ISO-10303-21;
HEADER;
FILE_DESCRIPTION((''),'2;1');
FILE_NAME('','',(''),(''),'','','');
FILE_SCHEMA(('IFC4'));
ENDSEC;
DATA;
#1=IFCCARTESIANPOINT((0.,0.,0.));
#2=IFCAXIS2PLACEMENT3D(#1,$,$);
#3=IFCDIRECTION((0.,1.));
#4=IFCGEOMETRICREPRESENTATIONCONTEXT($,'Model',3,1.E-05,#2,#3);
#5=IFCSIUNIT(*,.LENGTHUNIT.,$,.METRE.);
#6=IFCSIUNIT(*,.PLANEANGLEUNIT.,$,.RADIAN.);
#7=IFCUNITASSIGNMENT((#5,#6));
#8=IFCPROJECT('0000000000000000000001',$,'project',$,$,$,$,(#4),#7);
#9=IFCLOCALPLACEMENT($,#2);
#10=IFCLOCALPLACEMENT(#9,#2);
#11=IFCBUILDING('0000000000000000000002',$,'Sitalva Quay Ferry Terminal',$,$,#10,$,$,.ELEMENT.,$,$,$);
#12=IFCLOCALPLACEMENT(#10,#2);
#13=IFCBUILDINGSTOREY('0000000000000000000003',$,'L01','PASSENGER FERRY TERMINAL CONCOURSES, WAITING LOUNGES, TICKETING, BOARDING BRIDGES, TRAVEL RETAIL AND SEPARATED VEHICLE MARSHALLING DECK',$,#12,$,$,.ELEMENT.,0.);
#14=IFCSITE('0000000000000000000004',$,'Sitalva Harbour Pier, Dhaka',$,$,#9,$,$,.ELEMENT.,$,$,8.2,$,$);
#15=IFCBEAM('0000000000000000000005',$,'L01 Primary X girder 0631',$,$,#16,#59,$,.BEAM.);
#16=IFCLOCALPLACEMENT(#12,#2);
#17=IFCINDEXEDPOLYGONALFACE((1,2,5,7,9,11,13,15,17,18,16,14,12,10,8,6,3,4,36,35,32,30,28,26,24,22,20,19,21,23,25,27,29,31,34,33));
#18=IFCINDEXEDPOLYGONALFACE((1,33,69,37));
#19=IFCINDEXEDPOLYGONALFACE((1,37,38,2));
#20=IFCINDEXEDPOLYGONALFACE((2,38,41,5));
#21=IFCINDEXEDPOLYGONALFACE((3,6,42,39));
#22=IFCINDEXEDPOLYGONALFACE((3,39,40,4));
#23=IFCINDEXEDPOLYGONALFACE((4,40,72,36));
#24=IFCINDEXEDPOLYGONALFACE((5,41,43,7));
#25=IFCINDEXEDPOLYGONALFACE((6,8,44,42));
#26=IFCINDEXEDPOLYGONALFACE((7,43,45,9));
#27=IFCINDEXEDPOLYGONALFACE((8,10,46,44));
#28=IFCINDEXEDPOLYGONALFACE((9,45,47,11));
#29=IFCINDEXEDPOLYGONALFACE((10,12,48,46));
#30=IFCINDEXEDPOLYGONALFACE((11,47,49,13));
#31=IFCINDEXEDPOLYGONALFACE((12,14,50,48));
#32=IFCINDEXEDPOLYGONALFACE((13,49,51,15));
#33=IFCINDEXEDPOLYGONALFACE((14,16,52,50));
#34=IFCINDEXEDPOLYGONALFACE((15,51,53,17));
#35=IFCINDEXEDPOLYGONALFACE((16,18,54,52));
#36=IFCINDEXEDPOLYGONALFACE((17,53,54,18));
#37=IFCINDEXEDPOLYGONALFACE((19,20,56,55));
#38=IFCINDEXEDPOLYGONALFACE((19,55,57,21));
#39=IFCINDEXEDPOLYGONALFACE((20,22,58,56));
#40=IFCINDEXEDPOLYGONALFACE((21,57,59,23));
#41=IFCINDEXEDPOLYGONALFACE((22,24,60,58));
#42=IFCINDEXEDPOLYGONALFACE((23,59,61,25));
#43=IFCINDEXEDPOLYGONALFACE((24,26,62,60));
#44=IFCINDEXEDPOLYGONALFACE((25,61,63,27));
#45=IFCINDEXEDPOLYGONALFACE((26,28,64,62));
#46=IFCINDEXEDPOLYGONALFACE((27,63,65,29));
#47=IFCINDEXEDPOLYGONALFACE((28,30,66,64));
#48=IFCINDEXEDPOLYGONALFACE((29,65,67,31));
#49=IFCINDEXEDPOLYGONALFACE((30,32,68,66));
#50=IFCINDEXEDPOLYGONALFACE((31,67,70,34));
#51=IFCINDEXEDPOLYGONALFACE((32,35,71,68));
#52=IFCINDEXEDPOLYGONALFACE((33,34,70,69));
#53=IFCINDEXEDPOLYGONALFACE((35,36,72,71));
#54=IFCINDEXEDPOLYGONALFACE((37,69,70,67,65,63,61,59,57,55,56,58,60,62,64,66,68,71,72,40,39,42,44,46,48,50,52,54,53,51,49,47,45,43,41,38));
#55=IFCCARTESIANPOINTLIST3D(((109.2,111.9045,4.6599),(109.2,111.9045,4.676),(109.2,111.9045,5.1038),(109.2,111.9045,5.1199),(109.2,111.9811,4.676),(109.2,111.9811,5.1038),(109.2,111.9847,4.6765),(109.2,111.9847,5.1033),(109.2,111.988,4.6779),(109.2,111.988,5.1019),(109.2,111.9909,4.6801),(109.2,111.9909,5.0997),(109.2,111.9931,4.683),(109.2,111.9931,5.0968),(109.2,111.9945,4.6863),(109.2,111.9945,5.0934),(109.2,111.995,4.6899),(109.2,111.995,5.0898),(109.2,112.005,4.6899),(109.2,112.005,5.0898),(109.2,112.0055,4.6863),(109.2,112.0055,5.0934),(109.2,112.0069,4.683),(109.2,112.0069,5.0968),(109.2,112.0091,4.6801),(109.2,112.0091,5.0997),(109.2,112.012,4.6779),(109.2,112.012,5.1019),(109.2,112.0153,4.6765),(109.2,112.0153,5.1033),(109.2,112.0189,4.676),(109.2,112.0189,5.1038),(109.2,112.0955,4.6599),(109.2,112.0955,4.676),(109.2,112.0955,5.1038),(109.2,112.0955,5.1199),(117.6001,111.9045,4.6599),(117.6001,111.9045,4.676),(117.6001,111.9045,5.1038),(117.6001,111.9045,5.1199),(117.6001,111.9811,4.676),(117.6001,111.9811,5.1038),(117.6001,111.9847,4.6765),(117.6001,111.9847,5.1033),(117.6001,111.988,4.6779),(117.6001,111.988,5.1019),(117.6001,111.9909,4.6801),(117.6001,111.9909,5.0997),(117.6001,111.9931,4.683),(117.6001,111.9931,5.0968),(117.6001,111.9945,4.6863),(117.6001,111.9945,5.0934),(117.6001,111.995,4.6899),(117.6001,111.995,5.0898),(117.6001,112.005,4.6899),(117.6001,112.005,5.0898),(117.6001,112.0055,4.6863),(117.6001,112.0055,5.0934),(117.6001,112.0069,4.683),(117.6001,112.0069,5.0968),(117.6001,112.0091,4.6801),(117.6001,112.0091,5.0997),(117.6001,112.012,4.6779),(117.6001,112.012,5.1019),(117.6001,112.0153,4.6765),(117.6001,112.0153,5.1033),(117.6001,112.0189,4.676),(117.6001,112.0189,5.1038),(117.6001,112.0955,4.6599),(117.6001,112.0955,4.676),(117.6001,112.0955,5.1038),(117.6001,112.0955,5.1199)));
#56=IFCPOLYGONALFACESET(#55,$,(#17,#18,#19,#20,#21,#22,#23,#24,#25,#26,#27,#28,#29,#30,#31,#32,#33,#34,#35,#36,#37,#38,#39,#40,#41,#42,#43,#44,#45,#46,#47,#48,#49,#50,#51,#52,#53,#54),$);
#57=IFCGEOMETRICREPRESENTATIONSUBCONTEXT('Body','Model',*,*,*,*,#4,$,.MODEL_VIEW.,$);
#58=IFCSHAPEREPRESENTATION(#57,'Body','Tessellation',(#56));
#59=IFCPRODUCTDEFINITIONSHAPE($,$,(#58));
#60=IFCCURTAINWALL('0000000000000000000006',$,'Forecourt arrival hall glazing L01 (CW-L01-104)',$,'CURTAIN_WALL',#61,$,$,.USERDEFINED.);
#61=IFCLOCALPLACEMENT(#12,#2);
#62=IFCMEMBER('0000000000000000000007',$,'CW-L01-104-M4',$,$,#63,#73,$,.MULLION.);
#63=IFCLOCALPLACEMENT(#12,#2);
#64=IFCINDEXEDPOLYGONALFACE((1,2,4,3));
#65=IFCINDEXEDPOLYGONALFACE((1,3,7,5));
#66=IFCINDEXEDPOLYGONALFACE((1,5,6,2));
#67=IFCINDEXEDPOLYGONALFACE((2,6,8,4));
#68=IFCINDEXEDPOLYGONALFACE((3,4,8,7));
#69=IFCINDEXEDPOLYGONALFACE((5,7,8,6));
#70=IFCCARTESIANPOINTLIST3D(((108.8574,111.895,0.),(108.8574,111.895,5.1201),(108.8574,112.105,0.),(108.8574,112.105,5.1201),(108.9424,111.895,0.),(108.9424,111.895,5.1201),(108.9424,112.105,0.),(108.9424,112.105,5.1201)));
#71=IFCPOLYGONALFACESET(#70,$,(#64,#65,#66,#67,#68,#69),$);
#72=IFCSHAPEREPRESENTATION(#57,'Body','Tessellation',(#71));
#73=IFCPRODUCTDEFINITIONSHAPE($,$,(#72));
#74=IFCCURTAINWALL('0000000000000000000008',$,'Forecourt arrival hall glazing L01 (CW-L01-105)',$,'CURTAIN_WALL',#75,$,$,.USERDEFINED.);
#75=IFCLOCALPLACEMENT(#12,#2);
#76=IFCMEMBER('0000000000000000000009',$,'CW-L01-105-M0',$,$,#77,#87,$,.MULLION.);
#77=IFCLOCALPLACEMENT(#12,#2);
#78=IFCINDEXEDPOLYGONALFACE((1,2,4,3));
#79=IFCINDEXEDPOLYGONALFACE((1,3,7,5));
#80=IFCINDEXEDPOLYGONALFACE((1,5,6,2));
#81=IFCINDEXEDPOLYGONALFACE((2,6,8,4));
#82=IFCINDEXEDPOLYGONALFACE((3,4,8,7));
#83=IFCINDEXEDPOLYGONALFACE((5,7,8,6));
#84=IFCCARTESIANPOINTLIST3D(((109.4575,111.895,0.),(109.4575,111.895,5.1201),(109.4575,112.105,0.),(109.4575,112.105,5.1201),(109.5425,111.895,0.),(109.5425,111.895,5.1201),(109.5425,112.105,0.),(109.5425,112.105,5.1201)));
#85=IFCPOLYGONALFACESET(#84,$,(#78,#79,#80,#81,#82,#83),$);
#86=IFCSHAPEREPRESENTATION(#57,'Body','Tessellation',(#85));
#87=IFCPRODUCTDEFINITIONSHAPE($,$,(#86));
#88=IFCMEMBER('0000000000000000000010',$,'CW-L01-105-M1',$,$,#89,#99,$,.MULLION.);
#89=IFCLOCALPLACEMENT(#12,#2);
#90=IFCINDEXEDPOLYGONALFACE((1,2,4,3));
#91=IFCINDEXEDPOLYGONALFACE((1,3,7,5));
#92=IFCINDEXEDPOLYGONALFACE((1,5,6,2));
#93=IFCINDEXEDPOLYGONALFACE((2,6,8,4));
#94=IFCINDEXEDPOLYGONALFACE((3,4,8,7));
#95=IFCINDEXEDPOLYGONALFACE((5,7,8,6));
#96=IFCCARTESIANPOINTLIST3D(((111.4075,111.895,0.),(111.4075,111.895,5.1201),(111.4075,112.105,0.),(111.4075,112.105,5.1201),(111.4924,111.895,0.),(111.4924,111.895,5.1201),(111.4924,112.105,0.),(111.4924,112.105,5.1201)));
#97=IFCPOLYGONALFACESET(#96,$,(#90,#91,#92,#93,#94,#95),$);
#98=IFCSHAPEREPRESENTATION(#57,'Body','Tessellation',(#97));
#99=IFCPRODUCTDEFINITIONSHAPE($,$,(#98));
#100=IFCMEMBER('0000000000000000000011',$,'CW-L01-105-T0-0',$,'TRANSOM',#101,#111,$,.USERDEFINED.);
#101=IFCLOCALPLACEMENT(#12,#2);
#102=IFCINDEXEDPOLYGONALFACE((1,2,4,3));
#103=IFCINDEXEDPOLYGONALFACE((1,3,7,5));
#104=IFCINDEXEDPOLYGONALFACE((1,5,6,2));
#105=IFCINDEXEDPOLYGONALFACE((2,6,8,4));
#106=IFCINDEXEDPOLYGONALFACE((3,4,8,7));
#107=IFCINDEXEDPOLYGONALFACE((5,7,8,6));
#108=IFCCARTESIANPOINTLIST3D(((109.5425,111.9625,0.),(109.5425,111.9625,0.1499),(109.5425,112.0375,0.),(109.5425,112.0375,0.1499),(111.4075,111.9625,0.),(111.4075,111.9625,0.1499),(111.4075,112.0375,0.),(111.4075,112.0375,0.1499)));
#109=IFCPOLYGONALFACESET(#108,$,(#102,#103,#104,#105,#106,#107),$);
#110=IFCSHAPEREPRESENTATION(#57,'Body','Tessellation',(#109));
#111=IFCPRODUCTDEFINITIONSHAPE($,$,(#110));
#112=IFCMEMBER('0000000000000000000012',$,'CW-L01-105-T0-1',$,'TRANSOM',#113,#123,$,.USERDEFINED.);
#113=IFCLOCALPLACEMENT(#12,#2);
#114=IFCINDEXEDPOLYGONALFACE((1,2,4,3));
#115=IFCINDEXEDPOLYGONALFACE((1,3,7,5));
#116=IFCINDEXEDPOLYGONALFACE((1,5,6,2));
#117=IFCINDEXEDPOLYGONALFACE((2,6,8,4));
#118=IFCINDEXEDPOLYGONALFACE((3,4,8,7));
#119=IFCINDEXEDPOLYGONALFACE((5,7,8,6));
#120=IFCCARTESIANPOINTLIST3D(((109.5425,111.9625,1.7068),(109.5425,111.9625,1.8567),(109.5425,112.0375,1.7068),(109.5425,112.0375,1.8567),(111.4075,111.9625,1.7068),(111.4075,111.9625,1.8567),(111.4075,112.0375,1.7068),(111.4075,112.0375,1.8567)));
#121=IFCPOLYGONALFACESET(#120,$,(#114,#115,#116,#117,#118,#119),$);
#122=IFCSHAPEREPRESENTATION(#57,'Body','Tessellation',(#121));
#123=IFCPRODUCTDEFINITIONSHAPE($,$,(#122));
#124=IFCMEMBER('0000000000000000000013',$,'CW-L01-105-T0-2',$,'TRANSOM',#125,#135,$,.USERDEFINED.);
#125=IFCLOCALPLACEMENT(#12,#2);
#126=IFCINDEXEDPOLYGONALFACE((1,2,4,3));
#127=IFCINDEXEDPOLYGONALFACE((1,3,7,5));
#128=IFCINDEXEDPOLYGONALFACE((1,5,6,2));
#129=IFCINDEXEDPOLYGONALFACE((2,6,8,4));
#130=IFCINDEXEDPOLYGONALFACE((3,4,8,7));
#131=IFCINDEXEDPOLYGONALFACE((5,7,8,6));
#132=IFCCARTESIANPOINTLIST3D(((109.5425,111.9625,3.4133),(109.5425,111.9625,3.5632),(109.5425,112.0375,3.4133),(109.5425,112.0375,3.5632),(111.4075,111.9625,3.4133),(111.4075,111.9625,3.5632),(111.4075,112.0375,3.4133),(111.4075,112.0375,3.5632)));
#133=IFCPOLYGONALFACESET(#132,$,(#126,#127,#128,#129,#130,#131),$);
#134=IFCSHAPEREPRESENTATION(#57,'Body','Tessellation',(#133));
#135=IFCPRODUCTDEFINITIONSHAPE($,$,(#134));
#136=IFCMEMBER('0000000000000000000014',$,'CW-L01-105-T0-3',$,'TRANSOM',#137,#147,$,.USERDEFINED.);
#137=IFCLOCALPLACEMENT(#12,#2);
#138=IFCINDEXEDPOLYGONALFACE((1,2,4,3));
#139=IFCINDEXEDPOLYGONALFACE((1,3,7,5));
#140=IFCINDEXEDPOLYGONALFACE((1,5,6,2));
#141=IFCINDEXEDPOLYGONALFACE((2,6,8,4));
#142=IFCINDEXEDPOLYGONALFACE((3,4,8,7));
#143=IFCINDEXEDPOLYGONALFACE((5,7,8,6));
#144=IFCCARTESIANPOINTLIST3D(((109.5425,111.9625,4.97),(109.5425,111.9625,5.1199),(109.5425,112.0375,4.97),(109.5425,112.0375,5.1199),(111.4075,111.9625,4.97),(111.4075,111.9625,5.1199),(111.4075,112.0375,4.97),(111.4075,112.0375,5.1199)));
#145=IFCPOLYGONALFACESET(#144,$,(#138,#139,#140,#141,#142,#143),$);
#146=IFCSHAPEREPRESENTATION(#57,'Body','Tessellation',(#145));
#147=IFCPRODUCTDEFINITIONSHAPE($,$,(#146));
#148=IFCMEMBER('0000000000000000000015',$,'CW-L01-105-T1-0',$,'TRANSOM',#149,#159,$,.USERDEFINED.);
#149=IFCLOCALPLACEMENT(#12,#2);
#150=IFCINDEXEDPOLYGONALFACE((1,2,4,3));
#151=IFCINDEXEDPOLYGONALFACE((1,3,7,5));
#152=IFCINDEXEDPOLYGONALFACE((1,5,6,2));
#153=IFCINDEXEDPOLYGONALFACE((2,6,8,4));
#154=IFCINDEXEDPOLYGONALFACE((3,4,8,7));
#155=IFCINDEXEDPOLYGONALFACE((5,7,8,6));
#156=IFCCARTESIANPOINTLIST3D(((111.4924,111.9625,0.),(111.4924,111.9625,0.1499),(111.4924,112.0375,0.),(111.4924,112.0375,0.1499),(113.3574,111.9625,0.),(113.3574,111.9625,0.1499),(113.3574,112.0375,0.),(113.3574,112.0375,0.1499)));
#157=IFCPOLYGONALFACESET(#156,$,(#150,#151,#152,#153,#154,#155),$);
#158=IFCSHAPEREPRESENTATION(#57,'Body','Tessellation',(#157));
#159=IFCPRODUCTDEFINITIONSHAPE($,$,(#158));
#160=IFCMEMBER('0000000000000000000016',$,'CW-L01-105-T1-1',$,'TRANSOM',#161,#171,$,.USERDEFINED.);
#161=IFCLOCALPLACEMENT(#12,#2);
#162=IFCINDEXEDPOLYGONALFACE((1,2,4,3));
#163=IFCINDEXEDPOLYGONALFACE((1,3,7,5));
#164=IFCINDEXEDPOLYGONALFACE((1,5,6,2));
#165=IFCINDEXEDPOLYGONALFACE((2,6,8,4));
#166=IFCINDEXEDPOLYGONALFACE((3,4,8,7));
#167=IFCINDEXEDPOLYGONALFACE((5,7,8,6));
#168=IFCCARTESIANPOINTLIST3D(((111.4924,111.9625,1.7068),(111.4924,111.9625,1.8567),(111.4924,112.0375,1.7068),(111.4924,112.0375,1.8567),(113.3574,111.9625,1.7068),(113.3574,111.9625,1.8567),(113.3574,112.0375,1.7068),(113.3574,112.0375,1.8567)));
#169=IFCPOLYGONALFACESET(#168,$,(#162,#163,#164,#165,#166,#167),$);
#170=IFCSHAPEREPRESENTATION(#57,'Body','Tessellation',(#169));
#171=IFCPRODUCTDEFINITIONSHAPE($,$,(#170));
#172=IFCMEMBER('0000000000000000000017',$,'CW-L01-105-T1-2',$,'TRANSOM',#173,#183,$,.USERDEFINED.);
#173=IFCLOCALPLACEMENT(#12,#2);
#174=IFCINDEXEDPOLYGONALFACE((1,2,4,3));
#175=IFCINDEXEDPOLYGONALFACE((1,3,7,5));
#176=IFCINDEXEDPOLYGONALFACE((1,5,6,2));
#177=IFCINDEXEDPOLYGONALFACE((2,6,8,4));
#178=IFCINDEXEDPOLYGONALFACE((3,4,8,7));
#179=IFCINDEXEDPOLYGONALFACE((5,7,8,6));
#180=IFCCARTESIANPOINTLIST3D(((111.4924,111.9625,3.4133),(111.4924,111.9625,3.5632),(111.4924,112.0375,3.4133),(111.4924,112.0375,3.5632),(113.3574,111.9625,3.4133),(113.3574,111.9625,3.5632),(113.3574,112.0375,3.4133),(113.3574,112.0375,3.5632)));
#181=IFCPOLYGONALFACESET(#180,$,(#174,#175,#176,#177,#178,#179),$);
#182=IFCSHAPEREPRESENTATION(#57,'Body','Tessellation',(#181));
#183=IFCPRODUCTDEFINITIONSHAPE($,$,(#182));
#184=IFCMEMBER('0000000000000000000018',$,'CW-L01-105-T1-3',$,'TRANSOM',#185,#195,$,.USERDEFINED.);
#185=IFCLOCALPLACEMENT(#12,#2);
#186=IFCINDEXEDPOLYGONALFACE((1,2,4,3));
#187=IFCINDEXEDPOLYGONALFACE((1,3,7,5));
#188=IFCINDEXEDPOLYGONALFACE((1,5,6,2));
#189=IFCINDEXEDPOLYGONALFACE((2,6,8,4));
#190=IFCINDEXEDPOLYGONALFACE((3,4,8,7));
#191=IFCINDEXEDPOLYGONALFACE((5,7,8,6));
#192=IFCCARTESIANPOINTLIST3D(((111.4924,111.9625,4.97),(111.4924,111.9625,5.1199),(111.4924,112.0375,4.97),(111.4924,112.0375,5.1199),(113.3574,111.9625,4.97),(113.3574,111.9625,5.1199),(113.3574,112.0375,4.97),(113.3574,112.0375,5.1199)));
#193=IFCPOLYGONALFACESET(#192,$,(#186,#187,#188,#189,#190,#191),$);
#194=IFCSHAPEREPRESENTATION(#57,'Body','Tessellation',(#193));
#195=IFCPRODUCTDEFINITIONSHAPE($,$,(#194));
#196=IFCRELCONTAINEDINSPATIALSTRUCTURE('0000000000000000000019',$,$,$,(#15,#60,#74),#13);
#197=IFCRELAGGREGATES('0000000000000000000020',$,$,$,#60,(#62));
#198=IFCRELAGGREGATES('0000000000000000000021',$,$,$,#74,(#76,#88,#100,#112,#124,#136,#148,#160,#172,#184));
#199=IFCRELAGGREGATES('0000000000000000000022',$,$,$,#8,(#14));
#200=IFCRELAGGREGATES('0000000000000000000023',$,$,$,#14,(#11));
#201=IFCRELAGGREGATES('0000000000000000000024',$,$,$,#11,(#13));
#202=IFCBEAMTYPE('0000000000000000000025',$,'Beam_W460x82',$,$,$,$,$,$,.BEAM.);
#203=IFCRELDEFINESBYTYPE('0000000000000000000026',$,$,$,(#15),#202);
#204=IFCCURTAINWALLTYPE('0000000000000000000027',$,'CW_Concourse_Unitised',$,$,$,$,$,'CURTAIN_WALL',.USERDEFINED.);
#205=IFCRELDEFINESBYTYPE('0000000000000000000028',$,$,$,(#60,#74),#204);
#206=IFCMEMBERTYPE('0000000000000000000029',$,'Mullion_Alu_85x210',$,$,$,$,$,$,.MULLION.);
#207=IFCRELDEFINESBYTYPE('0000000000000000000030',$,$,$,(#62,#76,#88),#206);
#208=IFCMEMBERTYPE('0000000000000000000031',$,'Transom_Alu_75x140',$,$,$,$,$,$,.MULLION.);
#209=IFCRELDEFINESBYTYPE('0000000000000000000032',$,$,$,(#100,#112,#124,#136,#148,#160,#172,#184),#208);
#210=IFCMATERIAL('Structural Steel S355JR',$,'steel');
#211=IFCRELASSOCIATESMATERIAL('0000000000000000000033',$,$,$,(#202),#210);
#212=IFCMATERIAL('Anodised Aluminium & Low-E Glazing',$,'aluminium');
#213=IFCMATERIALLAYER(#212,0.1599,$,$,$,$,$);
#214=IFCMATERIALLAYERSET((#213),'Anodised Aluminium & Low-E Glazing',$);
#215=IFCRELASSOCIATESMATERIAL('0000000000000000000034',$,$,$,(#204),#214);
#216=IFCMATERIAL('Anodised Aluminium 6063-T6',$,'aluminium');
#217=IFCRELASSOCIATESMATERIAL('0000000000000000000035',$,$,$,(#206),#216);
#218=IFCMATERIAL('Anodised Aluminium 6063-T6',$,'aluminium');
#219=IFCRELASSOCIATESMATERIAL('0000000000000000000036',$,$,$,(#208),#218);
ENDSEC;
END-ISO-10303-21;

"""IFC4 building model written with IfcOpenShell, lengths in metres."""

from ifc_helpers import new_model, si_unit, direction, frame, origin, origin_2d, place, context, subcontext, project, spatial, rectangle, i_section, extrude, material, layer, layer_set, material_profile, profile_set, type_object, element, aggregate, save


model = new_model("IFC4")

# Units and contexts
model_context = context("Model", 3, precision=1e-05, world=origin(), true_north=direction((0.0, 1.0)))
body_context = subcontext(model_context, "Body", "Model", "MODEL_VIEW")
ifc_project = project(units=[si_unit("LENGTHUNIT", "METRE"), si_unit("PLANEANGLEUNIT", "RADIAN")], contexts=[model_context])

# Site, building, storey
site_placement = place(None, origin())
site = spatial("IfcSite", under=ifc_project, at=site_placement, Name="Sitalva Harbour Pier, Dhaka", CompositionType="ELEMENT", RefElevation=8.2)
building_placement = place(site_placement, origin())
building = spatial("IfcBuilding", under=site, at=building_placement, Name="Sitalva Quay Ferry Terminal", CompositionType="ELEMENT")
storey_placement = place(building_placement, origin())
storey = spatial("IfcBuildingStorey", under=building, at=storey_placement, Name="L01", Description="PASSENGER FERRY TERMINAL CONCOURSES, WAITING LOUNGES, TICKETING, BOARDING BRIDGES, TRAVEL RETAIL AND SEPARATED VEHICLE MARSHALLING DECK", CompositionType="ELEMENT", Elevation=0.0)

# Beam
ifc_material_1 = material(Name="Structural Steel S355JR", Category="steel")
ifc_material_profile_1 = material_profile(ifc_material_1, i_section(OverallWidth=0.1909, OverallDepth=0.46, WebThickness=0.01, FlangeThickness=0.0161, FilletRadius=0.0139, at=origin_2d()), Name="W460x82")
ifc_profile_set_1 = profile_set([ifc_material_profile_1], Name="Structural Steel S355JR")
beam_type = type_object("IfcBeamType", Name="Beam_W460x82", PredefinedType="BEAM", material=ifc_profile_set_1)
beam_placement = place(storey_placement, frame((109.2, 112.0, 4.8899), z_axis=(1.0, 0.0, 0.0), x_axis=(0.0, 1.0, 0.0)))
element("IfcBeam", 1, at=beam_placement, inside=storey, type_object=beam_type, Name="L01 Primary X girder 0631", PredefinedType="BEAM", context=body_context, shape_type="SweptSolid", body=[
    extrude(i_section(OverallWidth=0.1909, OverallDepth=0.46, WebThickness=0.01, FlangeThickness=0.0161, FilletRadius=0.0139, at=origin_2d()), origin(), (0.0, 0.0, 1.0), 8.4001),
])

# Curtain wall, member
ifc_material_2 = material(Name="Anodised Aluminium & Low-E Glazing", Category="aluminium")
ifc_layer_1 = layer(ifc_material_2, 0.1599)
ifc_layer_set_1 = layer_set([ifc_layer_1], Name="Anodised Aluminium & Low-E Glazing")
curtain_wall_type = type_object("IfcCurtainWallType", Name="CW_Concourse_Unitised", ElementType="CURTAIN_WALL", PredefinedType="USERDEFINED", material=ifc_layer_set_1)
curtain_wall_1_placement = place(storey_placement, origin())
curtain_wall_1 = element("IfcCurtainWall", 2, at=curtain_wall_1_placement, inside=storey, type_object=curtain_wall_type, Name="Forecourt arrival hall glazing L01 (CW-L01-104)", ObjectType="CURTAIN_WALL", PredefinedType="USERDEFINED")
ifc_material_3 = material(Name="Anodised Aluminium 6063-T6", Category="aluminium")
ifc_material_profile_2 = material_profile(ifc_material_3, rectangle(XDim=0.085, YDim=0.21, at=origin_2d()), Name="ALU85x210")
ifc_profile_set_2 = profile_set([ifc_material_profile_2], Name="Anodised Aluminium 6063-T6")
member_type_1 = type_object("IfcMemberType", Name="Mullion_Alu_85x210", PredefinedType="MULLION", material=ifc_profile_set_2)
member_1_placement = place(storey_placement, frame((108.8999, 112.0, 0.0), z_axis=(0.0, 0.0, 1.0), x_axis=(1.0, 0.0, 0.0)))
member_1 = element("IfcMember", 3, at=member_1_placement, type_object=member_type_1, Name="CW-L01-104-M4", PredefinedType="MULLION", context=body_context, shape_type="SweptSolid", body=[
    extrude(rectangle(XDim=0.085, YDim=0.21, at=origin_2d()), origin(), (0.0, 0.0, 1.0), 5.1201),
])

# Curtain wall, members
curtain_wall_2_placement = place(storey_placement, origin())
curtain_wall_2 = element("IfcCurtainWall", 4, at=curtain_wall_2_placement, inside=storey, type_object=curtain_wall_type, Name="Forecourt arrival hall glazing L01 (CW-L01-105)", ObjectType="CURTAIN_WALL", PredefinedType="USERDEFINED")
member_2_placement = place(storey_placement, frame((109.5, 112.0, 0.0), z_axis=(0.0, 0.0, 1.0), x_axis=(1.0, 0.0, 0.0)))
member_2 = element("IfcMember", 5, at=member_2_placement, type_object=member_type_1, Name="CW-L01-105-M0", PredefinedType="MULLION", context=body_context, shape_type="SweptSolid", body=[
    extrude(rectangle(XDim=0.085, YDim=0.21, at=origin_2d()), origin(), (0.0, 0.0, 1.0), 5.1201),
])
member_3_placement = place(storey_placement, frame((111.45, 112.0, 0.0), z_axis=(0.0, 0.0, 1.0), x_axis=(1.0, 0.0, 0.0)))
member_3 = element("IfcMember", 6, at=member_3_placement, type_object=member_type_1, Name="CW-L01-105-M1", PredefinedType="MULLION", context=body_context, shape_type="SweptSolid", body=[
    extrude(rectangle(XDim=0.085, YDim=0.21, at=origin_2d()), origin(), (0.0, 0.0, 1.0), 5.1201),
])
ifc_material_4 = material(Name="Anodised Aluminium 6063-T6", Category="aluminium")
ifc_material_profile_3 = material_profile(ifc_material_4, rectangle(XDim=0.075, YDim=0.1499, at=origin_2d()), Name="ALU75x150")
ifc_profile_set_3 = profile_set([ifc_material_profile_3], Name="Anodised Aluminium 6063-T6")
member_type_2 = type_object("IfcMemberType", Name="Transom_Alu_75x140", PredefinedType="MULLION", material=ifc_profile_set_3)
member_4_placement = place(storey_placement, frame((109.5425, 112.0, 0.075), z_axis=(1.0, 0.0, 0.0), x_axis=(0.0, 1.0, 0.0)))
member_4 = element("IfcMember", 7, at=member_4_placement, type_object=member_type_2, Name="CW-L01-105-T0-0", ObjectType="TRANSOM", PredefinedType="USERDEFINED", context=body_context, shape_type="SweptSolid", body=[
    extrude(rectangle(XDim=0.075, YDim=0.1499, at=origin_2d()), origin(), (0.0, 0.0, 1.0), 1.865),
])
member_5_placement = place(storey_placement, frame((109.5425, 112.0, 1.7817), z_axis=(1.0, 0.0, 0.0), x_axis=(0.0, 1.0, 0.0)))
member_5 = element("IfcMember", 8, at=member_5_placement, type_object=member_type_2, Name="CW-L01-105-T0-1", ObjectType="TRANSOM", PredefinedType="USERDEFINED", context=body_context, shape_type="SweptSolid", body=[
    extrude(rectangle(XDim=0.075, YDim=0.1499, at=origin_2d()), origin(), (0.0, 0.0, 1.0), 1.865),
])
member_6_placement = place(storey_placement, frame((109.5425, 112.0, 3.4883), z_axis=(1.0, 0.0, 0.0), x_axis=(0.0, 1.0, 0.0)))
member_6 = element("IfcMember", 9, at=member_6_placement, type_object=member_type_2, Name="CW-L01-105-T0-2", ObjectType="TRANSOM", PredefinedType="USERDEFINED", context=body_context, shape_type="SweptSolid", body=[
    extrude(rectangle(XDim=0.075, YDim=0.1499, at=origin_2d()), origin(), (0.0, 0.0, 1.0), 1.865),
])
member_7_placement = place(storey_placement, frame((109.5425, 112.0, 5.0449), z_axis=(1.0, 0.0, 0.0), x_axis=(0.0, 1.0, 0.0)))
member_7 = element("IfcMember", 10, at=member_7_placement, type_object=member_type_2, Name="CW-L01-105-T0-3", ObjectType="TRANSOM", PredefinedType="USERDEFINED", context=body_context, shape_type="SweptSolid", body=[
    extrude(rectangle(XDim=0.075, YDim=0.1499, at=origin_2d()), origin(), (0.0, 0.0, 1.0), 1.865),
])
member_8_placement = place(storey_placement, frame((111.4924, 112.0, 0.075), z_axis=(1.0, 0.0, 0.0), x_axis=(0.0, 1.0, 0.0)))
member_8 = element("IfcMember", 11, at=member_8_placement, type_object=member_type_2, Name="CW-L01-105-T1-0", ObjectType="TRANSOM", PredefinedType="USERDEFINED", context=body_context, shape_type="SweptSolid", body=[
    extrude(rectangle(XDim=0.075, YDim=0.1499, at=origin_2d()), origin(), (0.0, 0.0, 1.0), 1.865),
])
member_9_placement = place(storey_placement, frame((111.4924, 112.0, 1.7817), z_axis=(1.0, 0.0, 0.0), x_axis=(0.0, 1.0, 0.0)))
member_9 = element("IfcMember", 12, at=member_9_placement, type_object=member_type_2, Name="CW-L01-105-T1-1", ObjectType="TRANSOM", PredefinedType="USERDEFINED", context=body_context, shape_type="SweptSolid", body=[
    extrude(rectangle(XDim=0.075, YDim=0.1499, at=origin_2d()), origin(), (0.0, 0.0, 1.0), 1.865),
])
member_10_placement = place(storey_placement, frame((111.4924, 112.0, 3.4883), z_axis=(1.0, 0.0, 0.0), x_axis=(0.0, 1.0, 0.0)))
member_10 = element("IfcMember", 13, at=member_10_placement, type_object=member_type_2, Name="CW-L01-105-T1-2", ObjectType="TRANSOM", PredefinedType="USERDEFINED", context=body_context, shape_type="SweptSolid", body=[
    extrude(rectangle(XDim=0.075, YDim=0.1499, at=origin_2d()), origin(), (0.0, 0.0, 1.0), 1.865),
])
member_11_placement = place(storey_placement, frame((111.4924, 112.0, 5.0449), z_axis=(1.0, 0.0, 0.0), x_axis=(0.0, 1.0, 0.0)))
member_11 = element("IfcMember", 14, at=member_11_placement, type_object=member_type_2, Name="CW-L01-105-T1-3", ObjectType="TRANSOM", PredefinedType="USERDEFINED", context=body_context, shape_type="SweptSolid", body=[
    extrude(rectangle(XDim=0.075, YDim=0.1499, at=origin_2d()), origin(), (0.0, 0.0, 1.0), 1.865),
])

aggregate(curtain_wall_1, [member_1])
aggregate(curtain_wall_2, [member_2, member_3, member_4, member_5, member_6, member_7, member_8, member_9, member_10, member_11])

save(model, "model.ifc")
